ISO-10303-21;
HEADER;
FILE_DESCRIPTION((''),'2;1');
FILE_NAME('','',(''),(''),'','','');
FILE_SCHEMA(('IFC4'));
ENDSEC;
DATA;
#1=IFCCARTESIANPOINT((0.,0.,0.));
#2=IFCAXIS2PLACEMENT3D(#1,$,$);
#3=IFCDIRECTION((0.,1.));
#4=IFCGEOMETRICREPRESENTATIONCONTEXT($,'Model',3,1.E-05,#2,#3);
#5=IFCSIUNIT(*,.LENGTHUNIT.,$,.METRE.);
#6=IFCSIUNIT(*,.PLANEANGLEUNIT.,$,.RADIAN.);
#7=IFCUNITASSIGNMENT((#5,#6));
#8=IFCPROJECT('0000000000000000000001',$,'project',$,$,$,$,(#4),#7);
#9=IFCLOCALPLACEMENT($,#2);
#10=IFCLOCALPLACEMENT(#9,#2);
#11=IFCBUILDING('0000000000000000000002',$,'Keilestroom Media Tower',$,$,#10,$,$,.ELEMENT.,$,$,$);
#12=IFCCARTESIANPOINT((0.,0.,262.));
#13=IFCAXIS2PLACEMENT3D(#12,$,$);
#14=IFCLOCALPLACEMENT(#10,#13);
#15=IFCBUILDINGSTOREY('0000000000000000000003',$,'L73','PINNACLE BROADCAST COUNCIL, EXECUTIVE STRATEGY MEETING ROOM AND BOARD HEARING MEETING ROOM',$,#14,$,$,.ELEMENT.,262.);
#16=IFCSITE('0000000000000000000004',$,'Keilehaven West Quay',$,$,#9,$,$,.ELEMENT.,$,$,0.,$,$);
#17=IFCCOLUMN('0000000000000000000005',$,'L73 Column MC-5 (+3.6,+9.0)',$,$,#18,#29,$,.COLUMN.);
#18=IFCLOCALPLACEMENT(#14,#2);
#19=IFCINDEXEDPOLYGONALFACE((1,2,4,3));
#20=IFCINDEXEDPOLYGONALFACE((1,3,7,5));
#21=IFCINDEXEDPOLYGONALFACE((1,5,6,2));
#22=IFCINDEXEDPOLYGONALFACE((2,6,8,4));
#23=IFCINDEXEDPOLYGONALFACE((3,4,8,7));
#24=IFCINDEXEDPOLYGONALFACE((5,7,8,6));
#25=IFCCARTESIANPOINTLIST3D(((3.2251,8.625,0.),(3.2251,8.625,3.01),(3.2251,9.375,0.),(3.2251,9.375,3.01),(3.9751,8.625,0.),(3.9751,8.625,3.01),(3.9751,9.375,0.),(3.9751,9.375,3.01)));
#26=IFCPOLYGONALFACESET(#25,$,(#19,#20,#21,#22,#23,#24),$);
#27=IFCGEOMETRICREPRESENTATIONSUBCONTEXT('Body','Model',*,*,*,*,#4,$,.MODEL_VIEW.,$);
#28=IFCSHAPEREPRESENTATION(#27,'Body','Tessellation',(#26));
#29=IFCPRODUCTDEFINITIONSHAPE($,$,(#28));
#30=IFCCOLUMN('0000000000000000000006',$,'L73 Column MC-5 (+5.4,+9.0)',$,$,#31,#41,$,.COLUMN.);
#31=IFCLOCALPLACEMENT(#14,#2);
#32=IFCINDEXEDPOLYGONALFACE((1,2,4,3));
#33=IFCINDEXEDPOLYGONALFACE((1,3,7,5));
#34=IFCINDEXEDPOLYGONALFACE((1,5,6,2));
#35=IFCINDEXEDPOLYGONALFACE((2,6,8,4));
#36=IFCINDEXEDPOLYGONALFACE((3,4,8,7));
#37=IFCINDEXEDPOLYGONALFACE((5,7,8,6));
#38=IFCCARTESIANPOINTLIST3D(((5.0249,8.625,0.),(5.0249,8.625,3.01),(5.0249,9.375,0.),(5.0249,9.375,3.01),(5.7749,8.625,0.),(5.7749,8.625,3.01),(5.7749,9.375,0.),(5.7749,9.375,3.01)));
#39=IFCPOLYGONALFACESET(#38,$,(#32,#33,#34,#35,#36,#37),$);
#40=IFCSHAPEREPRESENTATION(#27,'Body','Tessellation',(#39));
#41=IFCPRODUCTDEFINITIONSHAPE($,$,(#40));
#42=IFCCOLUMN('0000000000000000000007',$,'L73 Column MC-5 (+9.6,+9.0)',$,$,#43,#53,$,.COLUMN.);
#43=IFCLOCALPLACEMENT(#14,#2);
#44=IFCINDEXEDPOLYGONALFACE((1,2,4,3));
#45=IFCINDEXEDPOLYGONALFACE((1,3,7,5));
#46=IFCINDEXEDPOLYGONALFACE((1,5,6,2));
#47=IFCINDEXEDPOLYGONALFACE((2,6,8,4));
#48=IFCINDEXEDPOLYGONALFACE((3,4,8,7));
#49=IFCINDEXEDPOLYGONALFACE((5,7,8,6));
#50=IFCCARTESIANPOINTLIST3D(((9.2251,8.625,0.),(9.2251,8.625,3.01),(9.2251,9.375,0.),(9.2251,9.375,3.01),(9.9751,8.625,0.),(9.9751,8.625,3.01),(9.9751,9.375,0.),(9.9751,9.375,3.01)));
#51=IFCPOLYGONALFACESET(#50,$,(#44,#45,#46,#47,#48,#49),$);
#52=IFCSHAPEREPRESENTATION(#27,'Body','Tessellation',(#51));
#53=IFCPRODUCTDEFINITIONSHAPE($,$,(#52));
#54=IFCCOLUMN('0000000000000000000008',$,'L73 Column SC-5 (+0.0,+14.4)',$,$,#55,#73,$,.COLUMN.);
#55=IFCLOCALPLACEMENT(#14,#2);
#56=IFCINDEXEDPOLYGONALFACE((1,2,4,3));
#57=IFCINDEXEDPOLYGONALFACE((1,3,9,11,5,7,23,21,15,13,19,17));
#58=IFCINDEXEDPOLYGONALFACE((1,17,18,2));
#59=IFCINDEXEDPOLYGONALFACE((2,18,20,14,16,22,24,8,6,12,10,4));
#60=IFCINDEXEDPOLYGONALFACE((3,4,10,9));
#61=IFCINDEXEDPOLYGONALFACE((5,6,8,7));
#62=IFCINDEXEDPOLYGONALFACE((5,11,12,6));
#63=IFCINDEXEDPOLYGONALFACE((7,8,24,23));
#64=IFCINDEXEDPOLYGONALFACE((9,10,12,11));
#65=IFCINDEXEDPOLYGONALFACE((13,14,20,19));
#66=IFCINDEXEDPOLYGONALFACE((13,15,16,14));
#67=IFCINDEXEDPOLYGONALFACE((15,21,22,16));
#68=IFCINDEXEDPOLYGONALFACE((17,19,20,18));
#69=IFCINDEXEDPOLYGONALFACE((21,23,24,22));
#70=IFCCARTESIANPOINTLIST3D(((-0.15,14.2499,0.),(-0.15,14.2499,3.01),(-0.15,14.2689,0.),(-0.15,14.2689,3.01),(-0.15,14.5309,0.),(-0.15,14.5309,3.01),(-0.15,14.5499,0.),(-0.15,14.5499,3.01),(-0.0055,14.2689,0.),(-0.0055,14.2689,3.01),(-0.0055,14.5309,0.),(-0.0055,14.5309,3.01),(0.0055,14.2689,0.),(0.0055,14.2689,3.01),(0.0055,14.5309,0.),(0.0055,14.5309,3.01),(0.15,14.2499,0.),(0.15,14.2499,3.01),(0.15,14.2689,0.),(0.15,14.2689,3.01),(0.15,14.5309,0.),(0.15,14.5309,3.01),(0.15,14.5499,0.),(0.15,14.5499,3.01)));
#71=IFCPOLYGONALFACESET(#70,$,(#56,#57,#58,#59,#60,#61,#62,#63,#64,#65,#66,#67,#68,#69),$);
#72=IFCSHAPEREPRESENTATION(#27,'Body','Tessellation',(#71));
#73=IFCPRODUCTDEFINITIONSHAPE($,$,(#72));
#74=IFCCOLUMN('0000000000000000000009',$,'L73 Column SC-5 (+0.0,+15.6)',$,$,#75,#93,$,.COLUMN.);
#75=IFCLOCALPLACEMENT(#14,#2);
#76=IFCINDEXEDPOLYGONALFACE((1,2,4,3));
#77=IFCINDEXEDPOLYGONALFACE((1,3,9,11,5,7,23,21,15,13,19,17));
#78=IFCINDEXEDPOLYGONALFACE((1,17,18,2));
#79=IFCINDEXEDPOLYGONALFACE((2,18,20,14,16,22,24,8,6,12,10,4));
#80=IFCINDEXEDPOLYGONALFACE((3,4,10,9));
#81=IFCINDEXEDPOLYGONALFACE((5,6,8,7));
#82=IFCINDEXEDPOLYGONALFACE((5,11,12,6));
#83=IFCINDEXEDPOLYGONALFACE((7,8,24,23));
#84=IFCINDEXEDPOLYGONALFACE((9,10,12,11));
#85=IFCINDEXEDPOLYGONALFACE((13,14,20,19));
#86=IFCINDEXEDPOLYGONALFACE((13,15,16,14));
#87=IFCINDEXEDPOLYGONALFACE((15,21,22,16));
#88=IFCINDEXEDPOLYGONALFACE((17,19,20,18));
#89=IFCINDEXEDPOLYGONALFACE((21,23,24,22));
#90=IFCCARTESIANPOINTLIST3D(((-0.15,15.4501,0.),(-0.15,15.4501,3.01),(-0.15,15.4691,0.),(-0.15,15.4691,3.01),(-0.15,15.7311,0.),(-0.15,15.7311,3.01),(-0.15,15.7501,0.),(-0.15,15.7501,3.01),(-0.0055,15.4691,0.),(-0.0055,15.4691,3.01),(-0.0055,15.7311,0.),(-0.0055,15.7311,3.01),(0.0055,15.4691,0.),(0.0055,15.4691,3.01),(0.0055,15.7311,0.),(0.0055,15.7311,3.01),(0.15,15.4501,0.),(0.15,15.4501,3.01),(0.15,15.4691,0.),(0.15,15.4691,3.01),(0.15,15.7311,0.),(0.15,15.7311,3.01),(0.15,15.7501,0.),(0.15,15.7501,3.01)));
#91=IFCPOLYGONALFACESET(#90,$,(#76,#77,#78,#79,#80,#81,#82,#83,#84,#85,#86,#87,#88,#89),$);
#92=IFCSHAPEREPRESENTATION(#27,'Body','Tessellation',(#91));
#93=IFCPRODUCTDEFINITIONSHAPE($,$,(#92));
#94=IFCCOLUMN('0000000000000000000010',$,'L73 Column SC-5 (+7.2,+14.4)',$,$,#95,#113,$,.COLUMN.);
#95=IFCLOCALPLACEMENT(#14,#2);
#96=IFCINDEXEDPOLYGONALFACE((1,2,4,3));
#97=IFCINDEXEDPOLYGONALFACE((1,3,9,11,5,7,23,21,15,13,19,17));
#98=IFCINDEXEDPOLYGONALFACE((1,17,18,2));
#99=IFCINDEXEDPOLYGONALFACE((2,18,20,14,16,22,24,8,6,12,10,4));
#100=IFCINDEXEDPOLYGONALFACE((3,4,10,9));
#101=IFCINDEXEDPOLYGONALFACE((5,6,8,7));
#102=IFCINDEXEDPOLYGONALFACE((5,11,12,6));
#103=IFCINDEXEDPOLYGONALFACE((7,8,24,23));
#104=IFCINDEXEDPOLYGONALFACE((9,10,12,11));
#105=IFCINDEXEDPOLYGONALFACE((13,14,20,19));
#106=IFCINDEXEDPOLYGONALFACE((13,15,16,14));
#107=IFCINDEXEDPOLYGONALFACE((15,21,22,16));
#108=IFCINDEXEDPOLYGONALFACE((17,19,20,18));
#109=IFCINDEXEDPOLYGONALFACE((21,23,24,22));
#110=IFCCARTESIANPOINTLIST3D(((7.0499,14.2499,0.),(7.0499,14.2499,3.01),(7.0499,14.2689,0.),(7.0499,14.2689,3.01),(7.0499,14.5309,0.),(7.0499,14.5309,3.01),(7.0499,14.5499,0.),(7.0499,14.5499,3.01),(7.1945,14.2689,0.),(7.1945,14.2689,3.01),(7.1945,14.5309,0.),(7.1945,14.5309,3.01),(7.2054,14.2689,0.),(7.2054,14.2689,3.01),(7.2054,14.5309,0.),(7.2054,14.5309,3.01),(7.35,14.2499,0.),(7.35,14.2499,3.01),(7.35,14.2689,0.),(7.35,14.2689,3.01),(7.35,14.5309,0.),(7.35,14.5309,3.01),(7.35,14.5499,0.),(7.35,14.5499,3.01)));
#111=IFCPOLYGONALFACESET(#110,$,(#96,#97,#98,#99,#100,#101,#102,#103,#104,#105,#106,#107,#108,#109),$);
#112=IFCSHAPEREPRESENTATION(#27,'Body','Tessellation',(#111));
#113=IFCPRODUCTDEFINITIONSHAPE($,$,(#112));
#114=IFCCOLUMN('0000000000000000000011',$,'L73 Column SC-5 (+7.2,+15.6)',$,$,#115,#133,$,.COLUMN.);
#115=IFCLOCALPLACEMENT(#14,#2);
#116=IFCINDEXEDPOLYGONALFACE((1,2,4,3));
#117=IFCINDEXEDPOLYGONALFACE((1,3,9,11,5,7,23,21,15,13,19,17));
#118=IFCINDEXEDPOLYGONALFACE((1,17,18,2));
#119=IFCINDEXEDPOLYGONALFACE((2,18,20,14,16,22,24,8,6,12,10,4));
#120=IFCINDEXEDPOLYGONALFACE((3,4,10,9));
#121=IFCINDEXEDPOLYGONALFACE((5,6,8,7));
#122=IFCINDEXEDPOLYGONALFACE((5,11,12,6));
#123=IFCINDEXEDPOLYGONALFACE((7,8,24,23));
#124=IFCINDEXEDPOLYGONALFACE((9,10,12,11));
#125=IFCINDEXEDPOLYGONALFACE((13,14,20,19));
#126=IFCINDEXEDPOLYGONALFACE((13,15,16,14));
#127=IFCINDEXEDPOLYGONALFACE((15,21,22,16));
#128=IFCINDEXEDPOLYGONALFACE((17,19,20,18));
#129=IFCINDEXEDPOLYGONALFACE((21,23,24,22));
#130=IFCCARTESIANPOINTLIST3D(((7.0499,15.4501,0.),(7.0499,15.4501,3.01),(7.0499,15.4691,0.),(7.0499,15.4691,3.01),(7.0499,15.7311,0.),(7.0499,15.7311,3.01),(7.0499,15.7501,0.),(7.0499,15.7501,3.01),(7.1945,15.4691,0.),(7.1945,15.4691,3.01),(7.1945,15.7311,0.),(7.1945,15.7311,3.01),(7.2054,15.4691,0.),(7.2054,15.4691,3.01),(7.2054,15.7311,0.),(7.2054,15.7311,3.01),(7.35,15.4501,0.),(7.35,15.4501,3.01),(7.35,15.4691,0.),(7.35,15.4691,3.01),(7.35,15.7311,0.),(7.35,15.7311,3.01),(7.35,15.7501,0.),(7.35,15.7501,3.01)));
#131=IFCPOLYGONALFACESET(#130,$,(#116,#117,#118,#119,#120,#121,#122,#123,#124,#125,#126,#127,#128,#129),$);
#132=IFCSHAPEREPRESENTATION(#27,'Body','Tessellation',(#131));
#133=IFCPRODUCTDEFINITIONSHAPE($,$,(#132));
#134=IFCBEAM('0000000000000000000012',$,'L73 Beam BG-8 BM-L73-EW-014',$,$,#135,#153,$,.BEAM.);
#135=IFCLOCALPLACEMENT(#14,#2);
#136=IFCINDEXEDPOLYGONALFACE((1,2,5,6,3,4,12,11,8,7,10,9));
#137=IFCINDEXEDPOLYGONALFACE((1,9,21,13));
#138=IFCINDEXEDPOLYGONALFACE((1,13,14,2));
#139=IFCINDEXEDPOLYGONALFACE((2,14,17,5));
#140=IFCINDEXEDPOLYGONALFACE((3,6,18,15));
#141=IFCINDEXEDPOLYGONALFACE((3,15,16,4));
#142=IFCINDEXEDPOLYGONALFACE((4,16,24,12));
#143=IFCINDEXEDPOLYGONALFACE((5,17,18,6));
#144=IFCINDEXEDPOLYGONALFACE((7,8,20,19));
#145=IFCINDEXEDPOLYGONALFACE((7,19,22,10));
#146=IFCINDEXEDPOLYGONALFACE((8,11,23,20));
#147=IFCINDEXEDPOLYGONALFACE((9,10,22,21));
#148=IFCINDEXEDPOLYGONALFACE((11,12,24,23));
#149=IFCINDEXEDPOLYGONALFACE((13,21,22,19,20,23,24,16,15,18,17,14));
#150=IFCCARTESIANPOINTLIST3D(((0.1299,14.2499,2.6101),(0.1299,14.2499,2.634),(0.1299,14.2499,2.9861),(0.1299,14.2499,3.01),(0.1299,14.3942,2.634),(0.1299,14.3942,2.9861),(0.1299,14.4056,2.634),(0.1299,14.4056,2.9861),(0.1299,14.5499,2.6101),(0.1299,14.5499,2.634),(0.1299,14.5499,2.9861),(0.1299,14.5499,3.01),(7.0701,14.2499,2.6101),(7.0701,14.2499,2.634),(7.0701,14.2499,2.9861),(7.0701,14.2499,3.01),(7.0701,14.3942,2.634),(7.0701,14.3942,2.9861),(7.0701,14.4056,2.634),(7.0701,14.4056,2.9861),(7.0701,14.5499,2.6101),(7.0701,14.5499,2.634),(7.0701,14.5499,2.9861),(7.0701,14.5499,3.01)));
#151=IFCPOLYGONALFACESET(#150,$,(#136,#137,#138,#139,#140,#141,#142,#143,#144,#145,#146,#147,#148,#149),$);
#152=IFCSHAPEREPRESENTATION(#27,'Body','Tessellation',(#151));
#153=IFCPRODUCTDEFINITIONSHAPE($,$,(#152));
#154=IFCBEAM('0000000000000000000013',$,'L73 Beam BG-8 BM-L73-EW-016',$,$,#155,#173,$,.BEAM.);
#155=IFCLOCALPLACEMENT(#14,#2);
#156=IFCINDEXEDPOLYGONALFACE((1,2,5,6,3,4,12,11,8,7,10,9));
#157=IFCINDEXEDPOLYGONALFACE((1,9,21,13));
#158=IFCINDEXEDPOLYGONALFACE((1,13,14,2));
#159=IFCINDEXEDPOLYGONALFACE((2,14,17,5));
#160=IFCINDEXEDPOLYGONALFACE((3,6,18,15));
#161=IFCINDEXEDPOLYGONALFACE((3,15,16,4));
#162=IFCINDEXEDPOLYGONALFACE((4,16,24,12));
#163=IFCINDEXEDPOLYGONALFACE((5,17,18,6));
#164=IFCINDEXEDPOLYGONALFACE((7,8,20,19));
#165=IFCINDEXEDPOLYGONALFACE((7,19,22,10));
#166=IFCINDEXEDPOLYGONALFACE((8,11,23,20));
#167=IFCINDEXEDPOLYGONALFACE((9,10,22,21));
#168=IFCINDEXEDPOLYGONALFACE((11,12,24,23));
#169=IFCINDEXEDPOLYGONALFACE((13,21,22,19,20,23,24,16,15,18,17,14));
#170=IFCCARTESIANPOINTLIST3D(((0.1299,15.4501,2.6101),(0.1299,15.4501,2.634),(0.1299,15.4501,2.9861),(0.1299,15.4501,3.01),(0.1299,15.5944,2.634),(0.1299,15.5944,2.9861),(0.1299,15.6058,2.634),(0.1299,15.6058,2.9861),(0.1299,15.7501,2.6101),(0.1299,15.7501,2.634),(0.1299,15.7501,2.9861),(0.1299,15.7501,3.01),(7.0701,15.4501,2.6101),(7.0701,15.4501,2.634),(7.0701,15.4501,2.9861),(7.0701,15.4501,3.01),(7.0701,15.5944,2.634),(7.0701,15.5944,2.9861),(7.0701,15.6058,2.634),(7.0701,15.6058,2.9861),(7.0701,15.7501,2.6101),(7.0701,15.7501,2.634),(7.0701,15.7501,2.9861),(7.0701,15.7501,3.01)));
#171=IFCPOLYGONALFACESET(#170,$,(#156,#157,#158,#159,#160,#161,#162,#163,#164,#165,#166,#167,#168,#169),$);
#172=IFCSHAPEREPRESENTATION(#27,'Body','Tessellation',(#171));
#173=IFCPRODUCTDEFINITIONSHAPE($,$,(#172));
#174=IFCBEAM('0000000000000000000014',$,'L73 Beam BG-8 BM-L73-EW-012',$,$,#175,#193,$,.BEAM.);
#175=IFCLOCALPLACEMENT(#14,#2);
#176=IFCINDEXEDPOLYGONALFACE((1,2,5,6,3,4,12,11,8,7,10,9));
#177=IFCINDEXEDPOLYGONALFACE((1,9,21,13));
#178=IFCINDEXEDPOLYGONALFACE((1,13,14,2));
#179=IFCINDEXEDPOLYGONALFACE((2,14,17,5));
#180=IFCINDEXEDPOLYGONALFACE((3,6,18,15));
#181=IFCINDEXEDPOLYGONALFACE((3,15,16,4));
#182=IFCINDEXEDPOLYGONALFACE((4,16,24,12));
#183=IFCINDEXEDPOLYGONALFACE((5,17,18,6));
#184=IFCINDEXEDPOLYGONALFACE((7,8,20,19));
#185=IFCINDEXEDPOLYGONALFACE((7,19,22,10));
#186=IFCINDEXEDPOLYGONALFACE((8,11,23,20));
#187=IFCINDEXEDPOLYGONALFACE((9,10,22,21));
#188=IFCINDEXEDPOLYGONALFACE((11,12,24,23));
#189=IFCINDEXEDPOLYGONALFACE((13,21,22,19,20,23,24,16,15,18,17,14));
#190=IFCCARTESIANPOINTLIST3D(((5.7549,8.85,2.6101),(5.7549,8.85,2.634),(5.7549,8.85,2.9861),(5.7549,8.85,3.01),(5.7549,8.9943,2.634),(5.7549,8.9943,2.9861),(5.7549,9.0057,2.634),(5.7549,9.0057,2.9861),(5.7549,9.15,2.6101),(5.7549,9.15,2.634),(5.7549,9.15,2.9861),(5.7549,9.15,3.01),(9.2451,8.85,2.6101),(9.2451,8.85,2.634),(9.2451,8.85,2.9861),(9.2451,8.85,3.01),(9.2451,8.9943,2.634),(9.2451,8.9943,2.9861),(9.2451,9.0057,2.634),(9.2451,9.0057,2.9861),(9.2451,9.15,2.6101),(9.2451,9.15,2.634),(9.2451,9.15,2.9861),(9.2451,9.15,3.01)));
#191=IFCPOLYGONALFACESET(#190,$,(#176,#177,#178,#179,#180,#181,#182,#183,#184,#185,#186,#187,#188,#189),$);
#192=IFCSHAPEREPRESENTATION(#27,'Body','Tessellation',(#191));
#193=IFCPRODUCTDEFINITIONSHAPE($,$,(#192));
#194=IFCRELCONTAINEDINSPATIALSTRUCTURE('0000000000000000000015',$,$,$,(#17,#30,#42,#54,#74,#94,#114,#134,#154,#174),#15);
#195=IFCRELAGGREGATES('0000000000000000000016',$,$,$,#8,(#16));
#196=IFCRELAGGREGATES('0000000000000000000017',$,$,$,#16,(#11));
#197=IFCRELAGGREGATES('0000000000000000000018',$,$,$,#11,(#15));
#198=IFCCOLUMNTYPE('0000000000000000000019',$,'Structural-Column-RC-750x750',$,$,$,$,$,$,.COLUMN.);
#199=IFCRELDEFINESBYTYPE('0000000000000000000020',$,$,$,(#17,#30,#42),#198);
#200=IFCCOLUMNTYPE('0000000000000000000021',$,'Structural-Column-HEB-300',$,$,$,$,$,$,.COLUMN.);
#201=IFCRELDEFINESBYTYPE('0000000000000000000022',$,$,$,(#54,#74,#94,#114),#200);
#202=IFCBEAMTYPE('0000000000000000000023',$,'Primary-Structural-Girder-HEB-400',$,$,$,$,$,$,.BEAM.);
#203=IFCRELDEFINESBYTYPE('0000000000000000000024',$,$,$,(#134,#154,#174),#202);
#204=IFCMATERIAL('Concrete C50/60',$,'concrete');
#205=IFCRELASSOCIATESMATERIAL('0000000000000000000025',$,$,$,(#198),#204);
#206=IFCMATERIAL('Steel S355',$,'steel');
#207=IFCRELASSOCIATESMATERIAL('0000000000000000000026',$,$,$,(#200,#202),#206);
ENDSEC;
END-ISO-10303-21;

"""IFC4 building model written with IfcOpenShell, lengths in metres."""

from ifc_helpers import new_model, si_unit, direction, frame, origin, origin_2d, place, context, subcontext, project, spatial, rectangle, i_section, extrude, source, transform, mapped, material, material_profile, profile_set, type_object, element, save


model = new_model("IFC4")

# Units and contexts
model_context = context("Model", 3, precision=1e-05, world=origin(), true_north=direction((0.0, 1.0)))
body_context = subcontext(model_context, "Body", "Model", "MODEL_VIEW")
ifc_project = project(units=[si_unit("LENGTHUNIT", "METRE"), si_unit("PLANEANGLEUNIT", "RADIAN")], contexts=[model_context])

# Site, building, storey
site_placement = place(None, origin())
site = spatial("IfcSite", under=ifc_project, at=site_placement, Name="Keilehaven West Quay", CompositionType="ELEMENT", RefElevation=0.0)
building_placement = place(site_placement, origin())
building = spatial("IfcBuilding", under=site, at=building_placement, Name="Keilestroom Media Tower", CompositionType="ELEMENT")
storey_placement = place(building_placement, frame((0.0, 0.0, 262.0)))
storey = spatial("IfcBuildingStorey", under=building, at=storey_placement, Name="L73", Description="PINNACLE BROADCAST COUNCIL, EXECUTIVE STRATEGY MEETING ROOM AND BOARD HEARING MEETING ROOM", CompositionType="ELEMENT", Elevation=262.0)

# Columns
ifc_material_1 = material(Name="Concrete C50/60", Category="concrete")
ifc_material_profile_1 = material_profile(ifc_material_1, rectangle(XDim=0.75, YDim=0.75, at=origin_2d()), Name="RC 750x750")
ifc_profile_set_1 = profile_set([ifc_material_profile_1], Name="Concrete C50/60")
column_type_1 = type_object("IfcColumnType", Name="Structural-Column-RC-750x750", PredefinedType="COLUMN", material=ifc_profile_set_1)
shared_shape_1 = source(origin(), body_context, "Body", "SweptSolid", [
    extrude(rectangle(XDim=0.75, YDim=0.75, at=origin_2d()), origin(), (0.0, 0.0, 1.0), 3.01),
])
for number, where, z_axis, x_axis, name in (
    (1, (3.6001, 9.0, 0.0), (0.0, 0.0, 1.0), (1.0, 0.0, 0.0), "L73 Column MC-5 (+3.6,+9.0)"),
    (2, (5.3999, 9.0, 0.0), (0.0, 0.0, 1.0), (1.0, 0.0, 0.0), "L73 Column MC-5 (+5.4,+9.0)"),
    (3, (9.6001, 9.0, 0.0), (0.0, 0.0, 1.0), (1.0, 0.0, 0.0), "L73 Column MC-5 (+9.6,+9.0)"),
):
    element("IfcColumn", number, at=place(storey_placement, frame(where, z_axis=z_axis, x_axis=x_axis)), inside=storey, type_object=column_type_1, Name=name, PredefinedType="COLUMN", context=body_context, shape_type="MappedRepresentation", body=[
        mapped(shared_shape_1, transform((0.0, 0.0, 0.0), x_axis=(1.0, 0.0, 0.0), y_axis=(0.0, 1.0, 0.0), z_axis=(0.0, 0.0, 1.0), scale=1.0)),
    ])
ifc_material_2 = material(Name="Steel S355", Category="steel")
ifc_material_profile_2 = material_profile(ifc_material_2, i_section(OverallWidth=0.3, OverallDepth=0.3, WebThickness=0.011, FlangeThickness=0.019, at=origin_2d()), Name="HEB 300")
ifc_profile_set_2 = profile_set([ifc_material_profile_2], Name="Steel S355")
column_type_2 = type_object("IfcColumnType", Name="Structural-Column-HEB-300", PredefinedType="COLUMN", material=ifc_profile_set_2)
shared_shape_2 = source(origin(), body_context, "Body", "SweptSolid", [
    extrude(i_section(OverallWidth=0.3, OverallDepth=0.3, WebThickness=0.011, FlangeThickness=0.019, at=origin_2d()), origin(), (0.0, 0.0, 1.0), 3.01),
])
for number, where, z_axis, x_axis, name in (
    (4, (0.0, 14.3999, 0.0), (0.0, 0.0, 1.0), (1.0, 0.0, 0.0), "L73 Column SC-5 (+0.0,+14.4)"),
    (5, (0.0, 15.6001, 0.0), (0.0, 0.0, 1.0), (1.0, 0.0, 0.0), "L73 Column SC-5 (+0.0,+15.6)"),
    (6, (7.2, 14.3999, 0.0), (0.0, 0.0, 1.0), (1.0, 0.0, 0.0), "L73 Column SC-5 (+7.2,+14.4)"),
    (7, (7.2, 15.6001, 0.0), (0.0, 0.0, 1.0), (1.0, 0.0, 0.0), "L73 Column SC-5 (+7.2,+15.6)"),
):
    element("IfcColumn", number, at=place(storey_placement, frame(where, z_axis=z_axis, x_axis=x_axis)), inside=storey, type_object=column_type_2, Name=name, PredefinedType="COLUMN", context=body_context, shape_type="MappedRepresentation", body=[
        mapped(shared_shape_2, transform((0.0, 0.0, 0.0), x_axis=(1.0, 0.0, 0.0), y_axis=(0.0, 1.0, 0.0), z_axis=(0.0, 0.0, 1.0), scale=1.0)),
    ])

# Beams
ifc_material_profile_3 = material_profile(ifc_material_2, i_section(OverallWidth=0.3, OverallDepth=0.3999, WebThickness=0.0115, FlangeThickness=0.0239, at=origin_2d()), Name="HEB 400")
ifc_profile_set_3 = profile_set([ifc_material_profile_3], Name="Steel S355")
beam_type = type_object("IfcBeamType", Name="Primary-Structural-Girder-HEB-400", PredefinedType="BEAM", material=ifc_profile_set_3)
shared_shape_3 = source(origin(), body_context, "Body", "SweptSolid", [
    extrude(i_section(OverallWidth=0.3, OverallDepth=0.3999, WebThickness=0.0115, FlangeThickness=0.0239, at=origin_2d()), origin(), (0.0, 0.0, 1.0), 6.9402),
])
for number, where, z_axis, x_axis, name in (
    (8, (0.1299, 14.3999, 2.8101), (1.0, 0.0, 0.0), (0.0, 1.0, 0.0), "L73 Beam BG-8 BM-L73-EW-014"),
    (9, (0.1299, 15.6001, 2.8101), (1.0, 0.0, 0.0), (0.0, 1.0, 0.0), "L73 Beam BG-8 BM-L73-EW-016"),
):
    element("IfcBeam", number, at=place(storey_placement, frame(where, z_axis=z_axis, x_axis=x_axis)), inside=storey, type_object=beam_type, Name=name, PredefinedType="BEAM", context=body_context, shape_type="MappedRepresentation", body=[
        mapped(shared_shape_3, transform((0.0, 0.0, 0.0), x_axis=(1.0, 0.0, 0.0), y_axis=(0.0, 1.0, 0.0), z_axis=(0.0, 0.0, 1.0), scale=1.0)),
    ])
shared_shape_4 = source(origin(), body_context, "Body", "SweptSolid", [
    extrude(i_section(OverallWidth=0.3, OverallDepth=0.3999, WebThickness=0.0115, FlangeThickness=0.0239, at=origin_2d()), origin(), (0.0, 0.0, 1.0), 3.4902),
])
beam_1_placement = place(storey_placement, frame((5.7549, 9.0, 2.8101), z_axis=(1.0, 0.0, 0.0), x_axis=(0.0, 1.0, 0.0)))
element("IfcBeam", 10, at=beam_1_placement, inside=storey, type_object=beam_type, Name="L73 Beam BG-8 BM-L73-EW-012", PredefinedType="BEAM", context=body_context, shape_type="MappedRepresentation", body=[
    mapped(shared_shape_4, transform((0.0, 0.0, 0.0), x_axis=(1.0, 0.0, 0.0), y_axis=(0.0, 1.0, 0.0), z_axis=(0.0, 0.0, 1.0), scale=1.0)),
])

save(model, "model.ifc")
